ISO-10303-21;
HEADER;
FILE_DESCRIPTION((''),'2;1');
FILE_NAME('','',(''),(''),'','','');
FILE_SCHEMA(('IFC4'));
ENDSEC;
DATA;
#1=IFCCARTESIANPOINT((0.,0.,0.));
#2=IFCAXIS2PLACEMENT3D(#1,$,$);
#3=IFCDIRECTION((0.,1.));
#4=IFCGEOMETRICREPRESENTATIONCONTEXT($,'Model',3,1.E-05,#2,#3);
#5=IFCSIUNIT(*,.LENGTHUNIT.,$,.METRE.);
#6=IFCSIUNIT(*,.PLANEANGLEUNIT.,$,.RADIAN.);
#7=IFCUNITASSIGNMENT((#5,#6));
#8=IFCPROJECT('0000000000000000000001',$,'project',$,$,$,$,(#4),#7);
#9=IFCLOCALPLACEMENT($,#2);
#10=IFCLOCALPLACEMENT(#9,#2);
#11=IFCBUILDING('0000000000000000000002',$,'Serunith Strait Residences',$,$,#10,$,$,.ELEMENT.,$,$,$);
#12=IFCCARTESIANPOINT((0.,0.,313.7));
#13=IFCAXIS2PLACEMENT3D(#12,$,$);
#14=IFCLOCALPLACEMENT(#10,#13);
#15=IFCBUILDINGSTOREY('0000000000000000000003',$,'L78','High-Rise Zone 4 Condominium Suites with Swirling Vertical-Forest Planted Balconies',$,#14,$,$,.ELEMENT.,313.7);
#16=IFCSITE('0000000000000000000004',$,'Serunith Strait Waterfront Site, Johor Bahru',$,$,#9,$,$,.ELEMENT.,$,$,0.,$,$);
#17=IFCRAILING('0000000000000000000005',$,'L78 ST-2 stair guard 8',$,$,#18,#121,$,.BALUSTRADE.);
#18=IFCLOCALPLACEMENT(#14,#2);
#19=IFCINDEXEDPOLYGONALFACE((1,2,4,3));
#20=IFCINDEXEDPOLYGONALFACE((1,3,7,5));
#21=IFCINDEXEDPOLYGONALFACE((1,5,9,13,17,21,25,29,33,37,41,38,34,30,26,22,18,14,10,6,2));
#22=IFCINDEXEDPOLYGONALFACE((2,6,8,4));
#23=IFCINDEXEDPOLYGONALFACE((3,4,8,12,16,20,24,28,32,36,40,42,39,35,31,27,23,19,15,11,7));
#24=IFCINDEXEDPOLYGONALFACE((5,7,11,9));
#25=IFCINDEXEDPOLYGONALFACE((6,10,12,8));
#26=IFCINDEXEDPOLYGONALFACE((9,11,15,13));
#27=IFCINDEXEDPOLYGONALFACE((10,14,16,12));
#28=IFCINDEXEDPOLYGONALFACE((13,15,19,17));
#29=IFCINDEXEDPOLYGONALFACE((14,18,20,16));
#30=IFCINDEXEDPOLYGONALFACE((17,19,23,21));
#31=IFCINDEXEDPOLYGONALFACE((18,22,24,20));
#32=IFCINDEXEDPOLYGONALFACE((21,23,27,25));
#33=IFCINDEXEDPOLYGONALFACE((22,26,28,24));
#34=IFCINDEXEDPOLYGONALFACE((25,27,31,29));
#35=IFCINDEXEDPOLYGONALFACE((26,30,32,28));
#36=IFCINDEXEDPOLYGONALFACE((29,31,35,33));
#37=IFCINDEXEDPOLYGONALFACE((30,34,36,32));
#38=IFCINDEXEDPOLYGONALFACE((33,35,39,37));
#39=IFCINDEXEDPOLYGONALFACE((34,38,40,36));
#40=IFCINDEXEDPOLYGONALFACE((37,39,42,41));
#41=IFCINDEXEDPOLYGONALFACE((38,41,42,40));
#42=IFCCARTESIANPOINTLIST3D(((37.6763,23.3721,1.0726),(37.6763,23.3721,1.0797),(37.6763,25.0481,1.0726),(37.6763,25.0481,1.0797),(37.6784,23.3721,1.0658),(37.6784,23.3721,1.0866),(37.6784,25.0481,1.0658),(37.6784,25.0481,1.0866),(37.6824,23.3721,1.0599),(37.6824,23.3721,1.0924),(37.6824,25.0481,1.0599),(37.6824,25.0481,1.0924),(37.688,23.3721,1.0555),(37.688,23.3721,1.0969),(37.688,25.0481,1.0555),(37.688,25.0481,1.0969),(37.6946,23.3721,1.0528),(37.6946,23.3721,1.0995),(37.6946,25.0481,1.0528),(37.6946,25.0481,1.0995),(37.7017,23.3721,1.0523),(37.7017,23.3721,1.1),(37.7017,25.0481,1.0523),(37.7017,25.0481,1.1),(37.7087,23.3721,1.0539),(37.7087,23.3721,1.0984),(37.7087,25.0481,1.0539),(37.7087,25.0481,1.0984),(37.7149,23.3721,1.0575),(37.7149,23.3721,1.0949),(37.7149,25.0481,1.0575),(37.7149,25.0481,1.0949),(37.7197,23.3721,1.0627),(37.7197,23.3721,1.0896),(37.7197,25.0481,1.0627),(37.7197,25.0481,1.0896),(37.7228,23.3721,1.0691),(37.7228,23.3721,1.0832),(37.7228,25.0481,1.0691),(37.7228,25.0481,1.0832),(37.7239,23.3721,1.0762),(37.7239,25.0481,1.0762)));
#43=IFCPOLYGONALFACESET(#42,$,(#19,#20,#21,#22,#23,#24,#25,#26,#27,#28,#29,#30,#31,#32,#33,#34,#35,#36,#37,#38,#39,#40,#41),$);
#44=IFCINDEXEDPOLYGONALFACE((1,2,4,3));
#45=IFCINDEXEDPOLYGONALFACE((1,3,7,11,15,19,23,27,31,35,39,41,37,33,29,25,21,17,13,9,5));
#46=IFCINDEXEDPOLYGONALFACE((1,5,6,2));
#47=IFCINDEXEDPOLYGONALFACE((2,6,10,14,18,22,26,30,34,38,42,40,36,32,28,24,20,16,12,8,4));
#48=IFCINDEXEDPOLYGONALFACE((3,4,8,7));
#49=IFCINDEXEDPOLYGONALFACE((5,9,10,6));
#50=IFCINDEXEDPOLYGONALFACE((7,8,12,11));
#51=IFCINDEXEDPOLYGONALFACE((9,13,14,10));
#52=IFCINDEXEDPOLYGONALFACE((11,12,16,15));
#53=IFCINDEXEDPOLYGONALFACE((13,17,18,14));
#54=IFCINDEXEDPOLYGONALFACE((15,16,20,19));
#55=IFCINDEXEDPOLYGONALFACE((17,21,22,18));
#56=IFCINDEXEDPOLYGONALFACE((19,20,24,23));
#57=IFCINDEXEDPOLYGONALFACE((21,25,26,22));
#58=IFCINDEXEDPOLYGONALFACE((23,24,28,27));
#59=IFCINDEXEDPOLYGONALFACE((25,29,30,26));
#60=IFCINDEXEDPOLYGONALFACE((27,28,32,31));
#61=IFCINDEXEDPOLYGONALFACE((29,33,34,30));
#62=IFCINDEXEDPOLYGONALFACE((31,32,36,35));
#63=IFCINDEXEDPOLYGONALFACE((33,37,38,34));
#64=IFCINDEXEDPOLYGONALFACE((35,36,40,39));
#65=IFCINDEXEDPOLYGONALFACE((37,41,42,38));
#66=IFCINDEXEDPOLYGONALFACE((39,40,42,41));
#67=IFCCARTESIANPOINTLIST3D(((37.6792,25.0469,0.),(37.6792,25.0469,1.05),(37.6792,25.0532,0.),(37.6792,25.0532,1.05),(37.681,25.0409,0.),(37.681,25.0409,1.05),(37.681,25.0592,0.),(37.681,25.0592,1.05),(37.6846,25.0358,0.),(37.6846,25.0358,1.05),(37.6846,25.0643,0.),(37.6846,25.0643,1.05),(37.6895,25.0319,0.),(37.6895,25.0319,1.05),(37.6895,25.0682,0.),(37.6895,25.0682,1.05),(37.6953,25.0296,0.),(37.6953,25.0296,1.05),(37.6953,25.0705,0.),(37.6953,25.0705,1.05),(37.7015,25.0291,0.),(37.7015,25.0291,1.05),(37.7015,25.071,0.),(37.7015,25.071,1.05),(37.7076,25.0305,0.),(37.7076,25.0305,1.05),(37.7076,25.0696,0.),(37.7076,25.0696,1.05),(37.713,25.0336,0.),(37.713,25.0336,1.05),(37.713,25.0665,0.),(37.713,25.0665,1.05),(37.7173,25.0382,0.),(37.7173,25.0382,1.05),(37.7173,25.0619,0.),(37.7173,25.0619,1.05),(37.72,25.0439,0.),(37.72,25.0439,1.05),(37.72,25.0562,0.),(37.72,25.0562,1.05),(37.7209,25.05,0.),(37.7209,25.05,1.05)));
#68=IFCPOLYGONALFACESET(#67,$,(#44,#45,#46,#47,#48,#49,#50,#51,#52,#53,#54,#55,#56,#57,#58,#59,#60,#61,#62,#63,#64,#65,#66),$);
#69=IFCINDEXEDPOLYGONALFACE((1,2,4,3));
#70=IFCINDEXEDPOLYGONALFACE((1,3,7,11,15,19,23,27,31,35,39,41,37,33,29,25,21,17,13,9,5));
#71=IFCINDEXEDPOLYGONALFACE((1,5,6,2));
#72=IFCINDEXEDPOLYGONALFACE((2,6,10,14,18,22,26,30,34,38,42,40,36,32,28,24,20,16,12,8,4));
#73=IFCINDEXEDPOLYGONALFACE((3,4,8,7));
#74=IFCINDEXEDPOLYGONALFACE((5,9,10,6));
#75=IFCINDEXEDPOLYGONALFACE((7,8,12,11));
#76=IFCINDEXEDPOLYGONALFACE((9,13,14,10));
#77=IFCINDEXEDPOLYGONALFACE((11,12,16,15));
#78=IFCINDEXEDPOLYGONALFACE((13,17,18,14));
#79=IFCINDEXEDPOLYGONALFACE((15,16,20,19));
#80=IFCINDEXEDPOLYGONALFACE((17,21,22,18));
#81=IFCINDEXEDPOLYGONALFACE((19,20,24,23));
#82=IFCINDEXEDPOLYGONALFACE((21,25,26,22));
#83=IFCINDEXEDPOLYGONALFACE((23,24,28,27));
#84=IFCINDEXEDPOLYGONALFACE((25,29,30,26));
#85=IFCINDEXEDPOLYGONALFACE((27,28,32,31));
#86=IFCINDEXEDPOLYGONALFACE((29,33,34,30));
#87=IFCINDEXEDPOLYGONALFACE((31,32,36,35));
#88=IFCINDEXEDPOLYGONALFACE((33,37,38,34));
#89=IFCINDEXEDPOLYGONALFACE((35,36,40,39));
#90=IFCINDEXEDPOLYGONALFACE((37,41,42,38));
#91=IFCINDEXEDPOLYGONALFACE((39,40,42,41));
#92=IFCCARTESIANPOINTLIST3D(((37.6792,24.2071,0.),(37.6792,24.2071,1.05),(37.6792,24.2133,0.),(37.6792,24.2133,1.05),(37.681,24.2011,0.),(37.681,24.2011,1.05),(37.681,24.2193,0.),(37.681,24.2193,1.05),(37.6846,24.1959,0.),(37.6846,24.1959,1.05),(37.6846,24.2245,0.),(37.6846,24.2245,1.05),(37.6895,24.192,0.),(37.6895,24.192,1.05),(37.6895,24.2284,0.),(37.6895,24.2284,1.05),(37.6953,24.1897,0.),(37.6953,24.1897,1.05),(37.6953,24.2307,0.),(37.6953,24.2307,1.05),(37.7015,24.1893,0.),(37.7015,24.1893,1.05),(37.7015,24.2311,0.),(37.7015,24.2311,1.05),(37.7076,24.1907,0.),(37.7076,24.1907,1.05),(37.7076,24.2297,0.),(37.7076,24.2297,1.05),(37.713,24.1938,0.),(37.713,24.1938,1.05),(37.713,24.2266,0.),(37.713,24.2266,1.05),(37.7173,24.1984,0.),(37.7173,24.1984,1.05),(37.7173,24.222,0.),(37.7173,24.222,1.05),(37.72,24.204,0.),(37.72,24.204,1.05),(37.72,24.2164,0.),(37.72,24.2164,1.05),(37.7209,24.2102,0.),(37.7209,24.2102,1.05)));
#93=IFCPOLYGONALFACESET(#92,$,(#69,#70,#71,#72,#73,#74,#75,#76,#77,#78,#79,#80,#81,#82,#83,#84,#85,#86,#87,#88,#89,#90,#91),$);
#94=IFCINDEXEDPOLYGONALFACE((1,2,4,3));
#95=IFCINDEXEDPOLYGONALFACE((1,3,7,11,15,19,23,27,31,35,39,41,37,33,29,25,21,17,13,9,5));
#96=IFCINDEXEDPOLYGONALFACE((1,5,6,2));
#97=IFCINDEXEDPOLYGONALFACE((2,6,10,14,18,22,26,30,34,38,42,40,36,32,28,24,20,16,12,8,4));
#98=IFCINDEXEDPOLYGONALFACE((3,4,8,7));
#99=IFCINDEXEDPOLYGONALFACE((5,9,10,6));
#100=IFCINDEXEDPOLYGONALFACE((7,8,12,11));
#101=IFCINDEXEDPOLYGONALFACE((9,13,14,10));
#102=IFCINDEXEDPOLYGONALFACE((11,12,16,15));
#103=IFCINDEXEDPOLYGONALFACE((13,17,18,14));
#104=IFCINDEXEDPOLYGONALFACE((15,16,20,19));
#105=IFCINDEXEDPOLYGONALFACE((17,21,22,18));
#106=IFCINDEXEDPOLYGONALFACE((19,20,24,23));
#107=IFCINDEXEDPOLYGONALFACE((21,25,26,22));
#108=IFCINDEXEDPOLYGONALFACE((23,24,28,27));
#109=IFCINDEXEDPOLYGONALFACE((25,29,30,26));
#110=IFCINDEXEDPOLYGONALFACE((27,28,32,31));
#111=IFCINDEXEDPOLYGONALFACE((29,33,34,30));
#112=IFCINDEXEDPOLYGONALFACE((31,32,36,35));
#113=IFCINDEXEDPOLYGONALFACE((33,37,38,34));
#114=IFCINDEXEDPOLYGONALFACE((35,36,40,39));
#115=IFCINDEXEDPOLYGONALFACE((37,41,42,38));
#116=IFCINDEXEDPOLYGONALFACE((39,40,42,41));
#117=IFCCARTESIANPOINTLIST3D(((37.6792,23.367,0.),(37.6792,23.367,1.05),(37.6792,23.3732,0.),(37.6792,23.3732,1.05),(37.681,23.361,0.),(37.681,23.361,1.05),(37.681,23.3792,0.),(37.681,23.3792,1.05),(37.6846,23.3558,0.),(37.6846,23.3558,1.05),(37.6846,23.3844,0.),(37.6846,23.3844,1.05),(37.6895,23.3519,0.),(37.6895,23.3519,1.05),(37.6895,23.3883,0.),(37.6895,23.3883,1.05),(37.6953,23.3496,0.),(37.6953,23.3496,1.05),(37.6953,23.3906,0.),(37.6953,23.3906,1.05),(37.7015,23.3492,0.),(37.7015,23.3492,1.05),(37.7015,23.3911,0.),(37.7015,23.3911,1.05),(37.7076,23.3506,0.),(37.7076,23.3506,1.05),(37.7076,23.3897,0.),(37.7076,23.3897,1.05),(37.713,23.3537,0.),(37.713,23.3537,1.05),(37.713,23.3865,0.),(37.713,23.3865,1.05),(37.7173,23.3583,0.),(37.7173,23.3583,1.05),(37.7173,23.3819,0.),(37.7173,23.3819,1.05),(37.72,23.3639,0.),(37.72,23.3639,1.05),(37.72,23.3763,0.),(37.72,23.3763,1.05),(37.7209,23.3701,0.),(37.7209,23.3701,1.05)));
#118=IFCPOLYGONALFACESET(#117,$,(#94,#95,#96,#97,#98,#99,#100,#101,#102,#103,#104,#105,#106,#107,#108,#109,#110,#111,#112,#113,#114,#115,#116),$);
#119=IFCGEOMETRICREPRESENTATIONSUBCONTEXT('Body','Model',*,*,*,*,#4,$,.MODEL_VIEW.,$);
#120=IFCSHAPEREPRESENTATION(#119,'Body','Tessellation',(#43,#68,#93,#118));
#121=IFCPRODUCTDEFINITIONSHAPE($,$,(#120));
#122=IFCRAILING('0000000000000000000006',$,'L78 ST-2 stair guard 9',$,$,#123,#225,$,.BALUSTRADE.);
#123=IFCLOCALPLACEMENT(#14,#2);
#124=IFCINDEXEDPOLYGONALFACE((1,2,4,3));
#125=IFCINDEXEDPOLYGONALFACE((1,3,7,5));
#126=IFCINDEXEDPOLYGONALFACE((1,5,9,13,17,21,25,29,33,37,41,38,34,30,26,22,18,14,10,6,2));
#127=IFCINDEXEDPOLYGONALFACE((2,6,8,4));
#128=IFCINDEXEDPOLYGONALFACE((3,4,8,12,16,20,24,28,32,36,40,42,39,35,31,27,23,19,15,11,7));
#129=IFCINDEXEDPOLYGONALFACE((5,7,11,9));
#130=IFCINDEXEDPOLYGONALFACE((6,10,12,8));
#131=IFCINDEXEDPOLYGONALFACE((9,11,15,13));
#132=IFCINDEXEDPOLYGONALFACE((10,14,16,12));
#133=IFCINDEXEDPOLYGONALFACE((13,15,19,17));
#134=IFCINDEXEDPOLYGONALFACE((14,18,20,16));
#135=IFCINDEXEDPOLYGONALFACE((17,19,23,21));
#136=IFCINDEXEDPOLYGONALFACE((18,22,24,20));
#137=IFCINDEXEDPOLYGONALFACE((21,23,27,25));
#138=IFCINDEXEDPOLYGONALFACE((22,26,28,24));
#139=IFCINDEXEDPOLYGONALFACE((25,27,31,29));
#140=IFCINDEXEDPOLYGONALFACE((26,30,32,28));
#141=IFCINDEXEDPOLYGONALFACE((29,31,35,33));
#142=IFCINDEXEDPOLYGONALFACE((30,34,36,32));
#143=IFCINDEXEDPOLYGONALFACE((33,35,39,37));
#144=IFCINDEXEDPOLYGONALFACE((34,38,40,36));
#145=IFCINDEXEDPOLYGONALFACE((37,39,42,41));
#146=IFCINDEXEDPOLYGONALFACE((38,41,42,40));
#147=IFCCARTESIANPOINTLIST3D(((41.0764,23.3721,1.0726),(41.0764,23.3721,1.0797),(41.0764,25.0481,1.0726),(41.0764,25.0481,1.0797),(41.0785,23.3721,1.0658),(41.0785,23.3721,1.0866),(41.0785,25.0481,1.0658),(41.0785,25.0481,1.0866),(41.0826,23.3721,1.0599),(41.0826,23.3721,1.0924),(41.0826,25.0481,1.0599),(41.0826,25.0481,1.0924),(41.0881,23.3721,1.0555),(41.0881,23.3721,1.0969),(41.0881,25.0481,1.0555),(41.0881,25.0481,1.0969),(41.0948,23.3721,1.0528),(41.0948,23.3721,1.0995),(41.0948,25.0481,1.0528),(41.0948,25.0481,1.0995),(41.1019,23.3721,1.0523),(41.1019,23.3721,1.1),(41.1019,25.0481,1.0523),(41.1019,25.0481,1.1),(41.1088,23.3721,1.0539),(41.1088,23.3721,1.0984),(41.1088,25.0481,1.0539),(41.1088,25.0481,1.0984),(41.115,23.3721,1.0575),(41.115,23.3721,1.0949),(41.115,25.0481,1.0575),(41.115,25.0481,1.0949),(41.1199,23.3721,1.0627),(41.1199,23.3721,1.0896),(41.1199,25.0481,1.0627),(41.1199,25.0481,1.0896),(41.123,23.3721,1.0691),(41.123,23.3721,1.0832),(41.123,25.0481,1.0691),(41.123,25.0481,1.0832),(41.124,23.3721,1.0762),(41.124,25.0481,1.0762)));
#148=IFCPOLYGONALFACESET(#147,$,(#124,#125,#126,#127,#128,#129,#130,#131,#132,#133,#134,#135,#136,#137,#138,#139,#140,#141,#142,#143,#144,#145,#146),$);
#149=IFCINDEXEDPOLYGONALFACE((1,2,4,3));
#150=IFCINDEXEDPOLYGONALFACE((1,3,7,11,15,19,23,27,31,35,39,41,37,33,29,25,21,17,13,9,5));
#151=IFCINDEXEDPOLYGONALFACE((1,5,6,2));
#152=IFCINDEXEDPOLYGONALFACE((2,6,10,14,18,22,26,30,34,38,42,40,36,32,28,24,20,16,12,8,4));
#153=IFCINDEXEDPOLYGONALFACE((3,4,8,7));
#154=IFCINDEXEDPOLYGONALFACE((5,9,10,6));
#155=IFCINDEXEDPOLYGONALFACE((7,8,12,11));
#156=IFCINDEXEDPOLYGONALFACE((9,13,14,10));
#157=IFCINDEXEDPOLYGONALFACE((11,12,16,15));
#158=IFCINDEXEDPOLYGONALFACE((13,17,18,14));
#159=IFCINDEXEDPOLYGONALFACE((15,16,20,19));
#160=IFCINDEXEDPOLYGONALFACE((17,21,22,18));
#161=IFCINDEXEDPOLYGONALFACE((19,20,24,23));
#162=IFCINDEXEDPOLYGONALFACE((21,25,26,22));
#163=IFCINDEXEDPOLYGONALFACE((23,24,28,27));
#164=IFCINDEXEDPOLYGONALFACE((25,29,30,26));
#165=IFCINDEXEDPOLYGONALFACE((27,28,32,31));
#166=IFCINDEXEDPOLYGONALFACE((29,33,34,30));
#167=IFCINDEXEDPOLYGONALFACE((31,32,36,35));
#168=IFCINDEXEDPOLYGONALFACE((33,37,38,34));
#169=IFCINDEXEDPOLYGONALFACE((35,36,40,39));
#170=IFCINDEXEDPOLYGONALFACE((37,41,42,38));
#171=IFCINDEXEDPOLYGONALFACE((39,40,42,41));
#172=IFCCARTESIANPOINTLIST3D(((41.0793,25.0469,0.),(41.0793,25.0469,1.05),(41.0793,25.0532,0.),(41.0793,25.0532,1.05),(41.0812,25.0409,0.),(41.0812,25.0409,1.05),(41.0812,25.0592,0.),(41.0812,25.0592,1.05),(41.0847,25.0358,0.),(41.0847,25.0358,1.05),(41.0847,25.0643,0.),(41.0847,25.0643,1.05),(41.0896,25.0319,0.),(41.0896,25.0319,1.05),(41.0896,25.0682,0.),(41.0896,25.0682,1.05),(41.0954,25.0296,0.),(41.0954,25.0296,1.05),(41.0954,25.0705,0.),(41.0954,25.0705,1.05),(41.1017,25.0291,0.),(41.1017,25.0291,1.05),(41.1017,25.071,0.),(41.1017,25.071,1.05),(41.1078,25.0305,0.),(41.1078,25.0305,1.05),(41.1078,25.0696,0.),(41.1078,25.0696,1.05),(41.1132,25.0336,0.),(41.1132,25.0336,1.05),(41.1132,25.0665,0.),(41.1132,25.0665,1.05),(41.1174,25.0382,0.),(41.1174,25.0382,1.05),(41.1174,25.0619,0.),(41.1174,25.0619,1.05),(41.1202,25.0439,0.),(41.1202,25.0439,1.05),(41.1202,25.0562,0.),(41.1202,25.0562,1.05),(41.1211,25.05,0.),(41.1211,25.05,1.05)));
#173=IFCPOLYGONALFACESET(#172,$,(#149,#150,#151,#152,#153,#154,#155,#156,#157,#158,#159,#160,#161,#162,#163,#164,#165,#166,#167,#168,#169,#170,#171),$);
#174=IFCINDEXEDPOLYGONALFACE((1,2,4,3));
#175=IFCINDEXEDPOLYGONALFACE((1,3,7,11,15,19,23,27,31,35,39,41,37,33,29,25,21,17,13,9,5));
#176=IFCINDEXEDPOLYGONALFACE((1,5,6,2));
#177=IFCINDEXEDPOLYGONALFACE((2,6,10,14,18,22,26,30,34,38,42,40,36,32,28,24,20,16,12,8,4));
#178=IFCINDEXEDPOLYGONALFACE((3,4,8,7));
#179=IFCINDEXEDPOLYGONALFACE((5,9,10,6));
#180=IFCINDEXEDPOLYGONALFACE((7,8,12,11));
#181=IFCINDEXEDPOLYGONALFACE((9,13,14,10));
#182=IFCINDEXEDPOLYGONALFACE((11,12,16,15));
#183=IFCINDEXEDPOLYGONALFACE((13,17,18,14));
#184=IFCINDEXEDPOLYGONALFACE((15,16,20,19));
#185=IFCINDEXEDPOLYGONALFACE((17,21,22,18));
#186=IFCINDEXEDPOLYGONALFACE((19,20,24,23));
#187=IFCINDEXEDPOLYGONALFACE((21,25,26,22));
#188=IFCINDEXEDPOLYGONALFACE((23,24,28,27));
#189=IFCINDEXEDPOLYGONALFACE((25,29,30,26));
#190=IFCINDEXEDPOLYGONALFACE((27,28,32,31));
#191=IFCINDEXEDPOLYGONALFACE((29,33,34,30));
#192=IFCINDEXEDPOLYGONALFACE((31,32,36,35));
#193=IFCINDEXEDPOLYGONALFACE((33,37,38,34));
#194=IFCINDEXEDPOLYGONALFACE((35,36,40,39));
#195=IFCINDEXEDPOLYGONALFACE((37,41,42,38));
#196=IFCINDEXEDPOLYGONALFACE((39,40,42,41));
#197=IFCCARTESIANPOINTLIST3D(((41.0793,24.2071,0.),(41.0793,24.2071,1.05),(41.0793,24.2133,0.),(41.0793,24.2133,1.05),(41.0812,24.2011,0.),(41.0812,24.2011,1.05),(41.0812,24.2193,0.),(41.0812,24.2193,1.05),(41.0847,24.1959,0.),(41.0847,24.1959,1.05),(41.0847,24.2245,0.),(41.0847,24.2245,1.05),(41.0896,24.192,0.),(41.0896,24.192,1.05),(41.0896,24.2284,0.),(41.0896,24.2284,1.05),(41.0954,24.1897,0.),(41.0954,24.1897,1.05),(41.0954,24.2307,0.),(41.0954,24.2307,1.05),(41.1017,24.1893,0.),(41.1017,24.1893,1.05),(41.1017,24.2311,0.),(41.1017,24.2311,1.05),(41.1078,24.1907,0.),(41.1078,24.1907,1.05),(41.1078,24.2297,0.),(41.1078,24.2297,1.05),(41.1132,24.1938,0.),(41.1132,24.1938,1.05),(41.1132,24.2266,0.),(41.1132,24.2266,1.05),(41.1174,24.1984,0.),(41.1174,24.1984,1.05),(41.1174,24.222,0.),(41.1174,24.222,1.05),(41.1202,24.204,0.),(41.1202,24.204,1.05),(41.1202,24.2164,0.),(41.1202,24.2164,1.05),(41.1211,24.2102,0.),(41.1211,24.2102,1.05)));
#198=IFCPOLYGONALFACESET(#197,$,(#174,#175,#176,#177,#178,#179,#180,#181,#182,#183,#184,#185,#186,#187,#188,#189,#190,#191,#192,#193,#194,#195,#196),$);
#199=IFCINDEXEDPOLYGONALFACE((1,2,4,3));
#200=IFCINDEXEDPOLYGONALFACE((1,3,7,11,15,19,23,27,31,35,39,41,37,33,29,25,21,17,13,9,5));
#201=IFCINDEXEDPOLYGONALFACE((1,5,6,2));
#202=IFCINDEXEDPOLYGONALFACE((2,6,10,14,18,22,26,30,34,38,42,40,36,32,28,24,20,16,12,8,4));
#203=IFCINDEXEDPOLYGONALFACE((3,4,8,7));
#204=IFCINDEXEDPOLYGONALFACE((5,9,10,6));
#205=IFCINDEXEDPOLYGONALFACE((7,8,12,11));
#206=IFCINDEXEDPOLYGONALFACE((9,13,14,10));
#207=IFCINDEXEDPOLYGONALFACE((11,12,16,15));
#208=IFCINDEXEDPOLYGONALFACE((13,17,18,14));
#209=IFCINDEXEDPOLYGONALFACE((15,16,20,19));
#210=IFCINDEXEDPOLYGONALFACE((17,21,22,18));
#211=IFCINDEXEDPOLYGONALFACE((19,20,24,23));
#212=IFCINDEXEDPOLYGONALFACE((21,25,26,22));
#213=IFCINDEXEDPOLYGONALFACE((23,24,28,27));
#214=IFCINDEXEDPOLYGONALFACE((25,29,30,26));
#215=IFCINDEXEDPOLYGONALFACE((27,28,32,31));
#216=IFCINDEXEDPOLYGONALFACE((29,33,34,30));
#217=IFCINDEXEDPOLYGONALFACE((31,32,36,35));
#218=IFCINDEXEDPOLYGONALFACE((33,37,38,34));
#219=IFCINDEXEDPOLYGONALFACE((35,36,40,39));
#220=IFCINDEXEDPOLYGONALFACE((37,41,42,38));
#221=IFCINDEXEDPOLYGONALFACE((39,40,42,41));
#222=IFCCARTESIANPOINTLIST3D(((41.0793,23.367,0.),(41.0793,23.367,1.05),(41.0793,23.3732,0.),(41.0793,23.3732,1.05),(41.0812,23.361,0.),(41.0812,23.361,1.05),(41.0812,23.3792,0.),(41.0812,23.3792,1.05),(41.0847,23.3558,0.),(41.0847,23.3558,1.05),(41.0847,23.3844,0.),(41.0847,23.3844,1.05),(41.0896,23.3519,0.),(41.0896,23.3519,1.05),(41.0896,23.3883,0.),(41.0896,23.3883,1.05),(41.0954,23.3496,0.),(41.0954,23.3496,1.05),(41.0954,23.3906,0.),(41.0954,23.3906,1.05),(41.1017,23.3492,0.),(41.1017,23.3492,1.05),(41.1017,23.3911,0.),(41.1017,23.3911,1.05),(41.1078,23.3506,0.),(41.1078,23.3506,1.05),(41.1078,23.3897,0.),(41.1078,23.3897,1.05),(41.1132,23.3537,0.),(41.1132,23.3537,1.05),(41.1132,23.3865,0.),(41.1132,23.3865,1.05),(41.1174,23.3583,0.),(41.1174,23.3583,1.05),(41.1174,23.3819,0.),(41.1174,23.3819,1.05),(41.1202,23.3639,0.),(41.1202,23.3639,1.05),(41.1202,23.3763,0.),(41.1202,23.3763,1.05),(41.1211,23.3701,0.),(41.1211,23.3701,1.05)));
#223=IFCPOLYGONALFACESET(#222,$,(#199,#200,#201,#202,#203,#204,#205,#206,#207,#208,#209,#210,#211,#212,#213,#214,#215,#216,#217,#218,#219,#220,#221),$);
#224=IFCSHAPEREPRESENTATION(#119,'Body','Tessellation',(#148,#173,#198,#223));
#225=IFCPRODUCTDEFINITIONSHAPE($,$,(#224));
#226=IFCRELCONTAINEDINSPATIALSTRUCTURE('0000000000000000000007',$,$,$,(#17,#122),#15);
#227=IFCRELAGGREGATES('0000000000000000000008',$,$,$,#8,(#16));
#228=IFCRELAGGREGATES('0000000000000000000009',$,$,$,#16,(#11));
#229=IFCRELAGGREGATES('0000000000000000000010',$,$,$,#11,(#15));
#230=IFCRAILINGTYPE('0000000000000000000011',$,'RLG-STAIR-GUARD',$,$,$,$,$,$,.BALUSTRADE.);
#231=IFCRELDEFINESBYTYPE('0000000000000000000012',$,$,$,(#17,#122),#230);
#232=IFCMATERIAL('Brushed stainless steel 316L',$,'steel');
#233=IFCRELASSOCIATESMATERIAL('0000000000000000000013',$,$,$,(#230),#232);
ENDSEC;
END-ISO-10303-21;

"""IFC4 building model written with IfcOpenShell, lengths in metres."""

from ifc_helpers import new_model, si_unit, direction, frame, origin, origin_2d, place, context, subcontext, project, spatial, circle, extrude, material, type_object, element, save


model = new_model("IFC4")

# Units and contexts
model_context = context("Model", 3, precision=1e-05, world=origin(), true_north=direction((0.0, 1.0)))
body_context = subcontext(model_context, "Body", "Model", "MODEL_VIEW")
ifc_project = project(units=[si_unit("LENGTHUNIT", "METRE"), si_unit("PLANEANGLEUNIT", "RADIAN")], contexts=[model_context])

# Site, building, storey
site_placement = place(None, origin())
site = spatial("IfcSite", under=ifc_project, at=site_placement, Name="Serunith Strait Waterfront Site, Johor Bahru", CompositionType="ELEMENT", RefElevation=0.0)
building_placement = place(site_placement, origin())
building = spatial("IfcBuilding", under=site, at=building_placement, Name="Serunith Strait Residences", CompositionType="ELEMENT")
storey_placement = place(building_placement, frame((0.0, 0.0, 313.7)))
storey = spatial("IfcBuildingStorey", under=building, at=storey_placement, Name="L78", Description="High-Rise Zone 4 Condominium Suites with Swirling Vertical-Forest Planted Balconies", CompositionType="ELEMENT", Elevation=313.7)

# Railings
ifc_material_1 = material(Name="Brushed stainless steel 316L", Category="steel")
railing_type = type_object("IfcRailingType", Name="RLG-STAIR-GUARD", PredefinedType="BALUSTRADE", material=ifc_material_1)
for number, where, name in (
    (1, (37.7, 25.05, 0.0), "L78 ST-2 stair guard 8"),
    (2, (41.1001, 25.05, 0.0), "L78 ST-2 stair guard 9"),
):
    element("IfcRailing", number, at=place(storey_placement, frame(where)), inside=storey, type_object=railing_type, Name=name, PredefinedType="BALUSTRADE", context=body_context, shape_type="SweptSolid", body=[
        extrude(circle(Radius=0.0239, at=origin_2d()), frame((0.0, -0.002, 1.0762), z_axis=(0.0, -1.0, 0.0), x_axis=(1.0, 0.0, 0.0)), (0.0, 0.0, 1.0), 1.676),
        extrude(circle(Radius=0.021, at=origin_2d()), origin(), (0.0, 0.0, 1.0), 1.05),
        extrude(circle(Radius=0.021, at=origin_2d()), frame((0.0, -0.8398, 0.0)), (0.0, 0.0, 1.0), 1.05),
        extrude(circle(Radius=0.021, at=origin_2d()), frame((0.0, -1.6799, 0.0)), (0.0, 0.0, 1.0), 1.05),
    ])

save(model, "model.ifc")
